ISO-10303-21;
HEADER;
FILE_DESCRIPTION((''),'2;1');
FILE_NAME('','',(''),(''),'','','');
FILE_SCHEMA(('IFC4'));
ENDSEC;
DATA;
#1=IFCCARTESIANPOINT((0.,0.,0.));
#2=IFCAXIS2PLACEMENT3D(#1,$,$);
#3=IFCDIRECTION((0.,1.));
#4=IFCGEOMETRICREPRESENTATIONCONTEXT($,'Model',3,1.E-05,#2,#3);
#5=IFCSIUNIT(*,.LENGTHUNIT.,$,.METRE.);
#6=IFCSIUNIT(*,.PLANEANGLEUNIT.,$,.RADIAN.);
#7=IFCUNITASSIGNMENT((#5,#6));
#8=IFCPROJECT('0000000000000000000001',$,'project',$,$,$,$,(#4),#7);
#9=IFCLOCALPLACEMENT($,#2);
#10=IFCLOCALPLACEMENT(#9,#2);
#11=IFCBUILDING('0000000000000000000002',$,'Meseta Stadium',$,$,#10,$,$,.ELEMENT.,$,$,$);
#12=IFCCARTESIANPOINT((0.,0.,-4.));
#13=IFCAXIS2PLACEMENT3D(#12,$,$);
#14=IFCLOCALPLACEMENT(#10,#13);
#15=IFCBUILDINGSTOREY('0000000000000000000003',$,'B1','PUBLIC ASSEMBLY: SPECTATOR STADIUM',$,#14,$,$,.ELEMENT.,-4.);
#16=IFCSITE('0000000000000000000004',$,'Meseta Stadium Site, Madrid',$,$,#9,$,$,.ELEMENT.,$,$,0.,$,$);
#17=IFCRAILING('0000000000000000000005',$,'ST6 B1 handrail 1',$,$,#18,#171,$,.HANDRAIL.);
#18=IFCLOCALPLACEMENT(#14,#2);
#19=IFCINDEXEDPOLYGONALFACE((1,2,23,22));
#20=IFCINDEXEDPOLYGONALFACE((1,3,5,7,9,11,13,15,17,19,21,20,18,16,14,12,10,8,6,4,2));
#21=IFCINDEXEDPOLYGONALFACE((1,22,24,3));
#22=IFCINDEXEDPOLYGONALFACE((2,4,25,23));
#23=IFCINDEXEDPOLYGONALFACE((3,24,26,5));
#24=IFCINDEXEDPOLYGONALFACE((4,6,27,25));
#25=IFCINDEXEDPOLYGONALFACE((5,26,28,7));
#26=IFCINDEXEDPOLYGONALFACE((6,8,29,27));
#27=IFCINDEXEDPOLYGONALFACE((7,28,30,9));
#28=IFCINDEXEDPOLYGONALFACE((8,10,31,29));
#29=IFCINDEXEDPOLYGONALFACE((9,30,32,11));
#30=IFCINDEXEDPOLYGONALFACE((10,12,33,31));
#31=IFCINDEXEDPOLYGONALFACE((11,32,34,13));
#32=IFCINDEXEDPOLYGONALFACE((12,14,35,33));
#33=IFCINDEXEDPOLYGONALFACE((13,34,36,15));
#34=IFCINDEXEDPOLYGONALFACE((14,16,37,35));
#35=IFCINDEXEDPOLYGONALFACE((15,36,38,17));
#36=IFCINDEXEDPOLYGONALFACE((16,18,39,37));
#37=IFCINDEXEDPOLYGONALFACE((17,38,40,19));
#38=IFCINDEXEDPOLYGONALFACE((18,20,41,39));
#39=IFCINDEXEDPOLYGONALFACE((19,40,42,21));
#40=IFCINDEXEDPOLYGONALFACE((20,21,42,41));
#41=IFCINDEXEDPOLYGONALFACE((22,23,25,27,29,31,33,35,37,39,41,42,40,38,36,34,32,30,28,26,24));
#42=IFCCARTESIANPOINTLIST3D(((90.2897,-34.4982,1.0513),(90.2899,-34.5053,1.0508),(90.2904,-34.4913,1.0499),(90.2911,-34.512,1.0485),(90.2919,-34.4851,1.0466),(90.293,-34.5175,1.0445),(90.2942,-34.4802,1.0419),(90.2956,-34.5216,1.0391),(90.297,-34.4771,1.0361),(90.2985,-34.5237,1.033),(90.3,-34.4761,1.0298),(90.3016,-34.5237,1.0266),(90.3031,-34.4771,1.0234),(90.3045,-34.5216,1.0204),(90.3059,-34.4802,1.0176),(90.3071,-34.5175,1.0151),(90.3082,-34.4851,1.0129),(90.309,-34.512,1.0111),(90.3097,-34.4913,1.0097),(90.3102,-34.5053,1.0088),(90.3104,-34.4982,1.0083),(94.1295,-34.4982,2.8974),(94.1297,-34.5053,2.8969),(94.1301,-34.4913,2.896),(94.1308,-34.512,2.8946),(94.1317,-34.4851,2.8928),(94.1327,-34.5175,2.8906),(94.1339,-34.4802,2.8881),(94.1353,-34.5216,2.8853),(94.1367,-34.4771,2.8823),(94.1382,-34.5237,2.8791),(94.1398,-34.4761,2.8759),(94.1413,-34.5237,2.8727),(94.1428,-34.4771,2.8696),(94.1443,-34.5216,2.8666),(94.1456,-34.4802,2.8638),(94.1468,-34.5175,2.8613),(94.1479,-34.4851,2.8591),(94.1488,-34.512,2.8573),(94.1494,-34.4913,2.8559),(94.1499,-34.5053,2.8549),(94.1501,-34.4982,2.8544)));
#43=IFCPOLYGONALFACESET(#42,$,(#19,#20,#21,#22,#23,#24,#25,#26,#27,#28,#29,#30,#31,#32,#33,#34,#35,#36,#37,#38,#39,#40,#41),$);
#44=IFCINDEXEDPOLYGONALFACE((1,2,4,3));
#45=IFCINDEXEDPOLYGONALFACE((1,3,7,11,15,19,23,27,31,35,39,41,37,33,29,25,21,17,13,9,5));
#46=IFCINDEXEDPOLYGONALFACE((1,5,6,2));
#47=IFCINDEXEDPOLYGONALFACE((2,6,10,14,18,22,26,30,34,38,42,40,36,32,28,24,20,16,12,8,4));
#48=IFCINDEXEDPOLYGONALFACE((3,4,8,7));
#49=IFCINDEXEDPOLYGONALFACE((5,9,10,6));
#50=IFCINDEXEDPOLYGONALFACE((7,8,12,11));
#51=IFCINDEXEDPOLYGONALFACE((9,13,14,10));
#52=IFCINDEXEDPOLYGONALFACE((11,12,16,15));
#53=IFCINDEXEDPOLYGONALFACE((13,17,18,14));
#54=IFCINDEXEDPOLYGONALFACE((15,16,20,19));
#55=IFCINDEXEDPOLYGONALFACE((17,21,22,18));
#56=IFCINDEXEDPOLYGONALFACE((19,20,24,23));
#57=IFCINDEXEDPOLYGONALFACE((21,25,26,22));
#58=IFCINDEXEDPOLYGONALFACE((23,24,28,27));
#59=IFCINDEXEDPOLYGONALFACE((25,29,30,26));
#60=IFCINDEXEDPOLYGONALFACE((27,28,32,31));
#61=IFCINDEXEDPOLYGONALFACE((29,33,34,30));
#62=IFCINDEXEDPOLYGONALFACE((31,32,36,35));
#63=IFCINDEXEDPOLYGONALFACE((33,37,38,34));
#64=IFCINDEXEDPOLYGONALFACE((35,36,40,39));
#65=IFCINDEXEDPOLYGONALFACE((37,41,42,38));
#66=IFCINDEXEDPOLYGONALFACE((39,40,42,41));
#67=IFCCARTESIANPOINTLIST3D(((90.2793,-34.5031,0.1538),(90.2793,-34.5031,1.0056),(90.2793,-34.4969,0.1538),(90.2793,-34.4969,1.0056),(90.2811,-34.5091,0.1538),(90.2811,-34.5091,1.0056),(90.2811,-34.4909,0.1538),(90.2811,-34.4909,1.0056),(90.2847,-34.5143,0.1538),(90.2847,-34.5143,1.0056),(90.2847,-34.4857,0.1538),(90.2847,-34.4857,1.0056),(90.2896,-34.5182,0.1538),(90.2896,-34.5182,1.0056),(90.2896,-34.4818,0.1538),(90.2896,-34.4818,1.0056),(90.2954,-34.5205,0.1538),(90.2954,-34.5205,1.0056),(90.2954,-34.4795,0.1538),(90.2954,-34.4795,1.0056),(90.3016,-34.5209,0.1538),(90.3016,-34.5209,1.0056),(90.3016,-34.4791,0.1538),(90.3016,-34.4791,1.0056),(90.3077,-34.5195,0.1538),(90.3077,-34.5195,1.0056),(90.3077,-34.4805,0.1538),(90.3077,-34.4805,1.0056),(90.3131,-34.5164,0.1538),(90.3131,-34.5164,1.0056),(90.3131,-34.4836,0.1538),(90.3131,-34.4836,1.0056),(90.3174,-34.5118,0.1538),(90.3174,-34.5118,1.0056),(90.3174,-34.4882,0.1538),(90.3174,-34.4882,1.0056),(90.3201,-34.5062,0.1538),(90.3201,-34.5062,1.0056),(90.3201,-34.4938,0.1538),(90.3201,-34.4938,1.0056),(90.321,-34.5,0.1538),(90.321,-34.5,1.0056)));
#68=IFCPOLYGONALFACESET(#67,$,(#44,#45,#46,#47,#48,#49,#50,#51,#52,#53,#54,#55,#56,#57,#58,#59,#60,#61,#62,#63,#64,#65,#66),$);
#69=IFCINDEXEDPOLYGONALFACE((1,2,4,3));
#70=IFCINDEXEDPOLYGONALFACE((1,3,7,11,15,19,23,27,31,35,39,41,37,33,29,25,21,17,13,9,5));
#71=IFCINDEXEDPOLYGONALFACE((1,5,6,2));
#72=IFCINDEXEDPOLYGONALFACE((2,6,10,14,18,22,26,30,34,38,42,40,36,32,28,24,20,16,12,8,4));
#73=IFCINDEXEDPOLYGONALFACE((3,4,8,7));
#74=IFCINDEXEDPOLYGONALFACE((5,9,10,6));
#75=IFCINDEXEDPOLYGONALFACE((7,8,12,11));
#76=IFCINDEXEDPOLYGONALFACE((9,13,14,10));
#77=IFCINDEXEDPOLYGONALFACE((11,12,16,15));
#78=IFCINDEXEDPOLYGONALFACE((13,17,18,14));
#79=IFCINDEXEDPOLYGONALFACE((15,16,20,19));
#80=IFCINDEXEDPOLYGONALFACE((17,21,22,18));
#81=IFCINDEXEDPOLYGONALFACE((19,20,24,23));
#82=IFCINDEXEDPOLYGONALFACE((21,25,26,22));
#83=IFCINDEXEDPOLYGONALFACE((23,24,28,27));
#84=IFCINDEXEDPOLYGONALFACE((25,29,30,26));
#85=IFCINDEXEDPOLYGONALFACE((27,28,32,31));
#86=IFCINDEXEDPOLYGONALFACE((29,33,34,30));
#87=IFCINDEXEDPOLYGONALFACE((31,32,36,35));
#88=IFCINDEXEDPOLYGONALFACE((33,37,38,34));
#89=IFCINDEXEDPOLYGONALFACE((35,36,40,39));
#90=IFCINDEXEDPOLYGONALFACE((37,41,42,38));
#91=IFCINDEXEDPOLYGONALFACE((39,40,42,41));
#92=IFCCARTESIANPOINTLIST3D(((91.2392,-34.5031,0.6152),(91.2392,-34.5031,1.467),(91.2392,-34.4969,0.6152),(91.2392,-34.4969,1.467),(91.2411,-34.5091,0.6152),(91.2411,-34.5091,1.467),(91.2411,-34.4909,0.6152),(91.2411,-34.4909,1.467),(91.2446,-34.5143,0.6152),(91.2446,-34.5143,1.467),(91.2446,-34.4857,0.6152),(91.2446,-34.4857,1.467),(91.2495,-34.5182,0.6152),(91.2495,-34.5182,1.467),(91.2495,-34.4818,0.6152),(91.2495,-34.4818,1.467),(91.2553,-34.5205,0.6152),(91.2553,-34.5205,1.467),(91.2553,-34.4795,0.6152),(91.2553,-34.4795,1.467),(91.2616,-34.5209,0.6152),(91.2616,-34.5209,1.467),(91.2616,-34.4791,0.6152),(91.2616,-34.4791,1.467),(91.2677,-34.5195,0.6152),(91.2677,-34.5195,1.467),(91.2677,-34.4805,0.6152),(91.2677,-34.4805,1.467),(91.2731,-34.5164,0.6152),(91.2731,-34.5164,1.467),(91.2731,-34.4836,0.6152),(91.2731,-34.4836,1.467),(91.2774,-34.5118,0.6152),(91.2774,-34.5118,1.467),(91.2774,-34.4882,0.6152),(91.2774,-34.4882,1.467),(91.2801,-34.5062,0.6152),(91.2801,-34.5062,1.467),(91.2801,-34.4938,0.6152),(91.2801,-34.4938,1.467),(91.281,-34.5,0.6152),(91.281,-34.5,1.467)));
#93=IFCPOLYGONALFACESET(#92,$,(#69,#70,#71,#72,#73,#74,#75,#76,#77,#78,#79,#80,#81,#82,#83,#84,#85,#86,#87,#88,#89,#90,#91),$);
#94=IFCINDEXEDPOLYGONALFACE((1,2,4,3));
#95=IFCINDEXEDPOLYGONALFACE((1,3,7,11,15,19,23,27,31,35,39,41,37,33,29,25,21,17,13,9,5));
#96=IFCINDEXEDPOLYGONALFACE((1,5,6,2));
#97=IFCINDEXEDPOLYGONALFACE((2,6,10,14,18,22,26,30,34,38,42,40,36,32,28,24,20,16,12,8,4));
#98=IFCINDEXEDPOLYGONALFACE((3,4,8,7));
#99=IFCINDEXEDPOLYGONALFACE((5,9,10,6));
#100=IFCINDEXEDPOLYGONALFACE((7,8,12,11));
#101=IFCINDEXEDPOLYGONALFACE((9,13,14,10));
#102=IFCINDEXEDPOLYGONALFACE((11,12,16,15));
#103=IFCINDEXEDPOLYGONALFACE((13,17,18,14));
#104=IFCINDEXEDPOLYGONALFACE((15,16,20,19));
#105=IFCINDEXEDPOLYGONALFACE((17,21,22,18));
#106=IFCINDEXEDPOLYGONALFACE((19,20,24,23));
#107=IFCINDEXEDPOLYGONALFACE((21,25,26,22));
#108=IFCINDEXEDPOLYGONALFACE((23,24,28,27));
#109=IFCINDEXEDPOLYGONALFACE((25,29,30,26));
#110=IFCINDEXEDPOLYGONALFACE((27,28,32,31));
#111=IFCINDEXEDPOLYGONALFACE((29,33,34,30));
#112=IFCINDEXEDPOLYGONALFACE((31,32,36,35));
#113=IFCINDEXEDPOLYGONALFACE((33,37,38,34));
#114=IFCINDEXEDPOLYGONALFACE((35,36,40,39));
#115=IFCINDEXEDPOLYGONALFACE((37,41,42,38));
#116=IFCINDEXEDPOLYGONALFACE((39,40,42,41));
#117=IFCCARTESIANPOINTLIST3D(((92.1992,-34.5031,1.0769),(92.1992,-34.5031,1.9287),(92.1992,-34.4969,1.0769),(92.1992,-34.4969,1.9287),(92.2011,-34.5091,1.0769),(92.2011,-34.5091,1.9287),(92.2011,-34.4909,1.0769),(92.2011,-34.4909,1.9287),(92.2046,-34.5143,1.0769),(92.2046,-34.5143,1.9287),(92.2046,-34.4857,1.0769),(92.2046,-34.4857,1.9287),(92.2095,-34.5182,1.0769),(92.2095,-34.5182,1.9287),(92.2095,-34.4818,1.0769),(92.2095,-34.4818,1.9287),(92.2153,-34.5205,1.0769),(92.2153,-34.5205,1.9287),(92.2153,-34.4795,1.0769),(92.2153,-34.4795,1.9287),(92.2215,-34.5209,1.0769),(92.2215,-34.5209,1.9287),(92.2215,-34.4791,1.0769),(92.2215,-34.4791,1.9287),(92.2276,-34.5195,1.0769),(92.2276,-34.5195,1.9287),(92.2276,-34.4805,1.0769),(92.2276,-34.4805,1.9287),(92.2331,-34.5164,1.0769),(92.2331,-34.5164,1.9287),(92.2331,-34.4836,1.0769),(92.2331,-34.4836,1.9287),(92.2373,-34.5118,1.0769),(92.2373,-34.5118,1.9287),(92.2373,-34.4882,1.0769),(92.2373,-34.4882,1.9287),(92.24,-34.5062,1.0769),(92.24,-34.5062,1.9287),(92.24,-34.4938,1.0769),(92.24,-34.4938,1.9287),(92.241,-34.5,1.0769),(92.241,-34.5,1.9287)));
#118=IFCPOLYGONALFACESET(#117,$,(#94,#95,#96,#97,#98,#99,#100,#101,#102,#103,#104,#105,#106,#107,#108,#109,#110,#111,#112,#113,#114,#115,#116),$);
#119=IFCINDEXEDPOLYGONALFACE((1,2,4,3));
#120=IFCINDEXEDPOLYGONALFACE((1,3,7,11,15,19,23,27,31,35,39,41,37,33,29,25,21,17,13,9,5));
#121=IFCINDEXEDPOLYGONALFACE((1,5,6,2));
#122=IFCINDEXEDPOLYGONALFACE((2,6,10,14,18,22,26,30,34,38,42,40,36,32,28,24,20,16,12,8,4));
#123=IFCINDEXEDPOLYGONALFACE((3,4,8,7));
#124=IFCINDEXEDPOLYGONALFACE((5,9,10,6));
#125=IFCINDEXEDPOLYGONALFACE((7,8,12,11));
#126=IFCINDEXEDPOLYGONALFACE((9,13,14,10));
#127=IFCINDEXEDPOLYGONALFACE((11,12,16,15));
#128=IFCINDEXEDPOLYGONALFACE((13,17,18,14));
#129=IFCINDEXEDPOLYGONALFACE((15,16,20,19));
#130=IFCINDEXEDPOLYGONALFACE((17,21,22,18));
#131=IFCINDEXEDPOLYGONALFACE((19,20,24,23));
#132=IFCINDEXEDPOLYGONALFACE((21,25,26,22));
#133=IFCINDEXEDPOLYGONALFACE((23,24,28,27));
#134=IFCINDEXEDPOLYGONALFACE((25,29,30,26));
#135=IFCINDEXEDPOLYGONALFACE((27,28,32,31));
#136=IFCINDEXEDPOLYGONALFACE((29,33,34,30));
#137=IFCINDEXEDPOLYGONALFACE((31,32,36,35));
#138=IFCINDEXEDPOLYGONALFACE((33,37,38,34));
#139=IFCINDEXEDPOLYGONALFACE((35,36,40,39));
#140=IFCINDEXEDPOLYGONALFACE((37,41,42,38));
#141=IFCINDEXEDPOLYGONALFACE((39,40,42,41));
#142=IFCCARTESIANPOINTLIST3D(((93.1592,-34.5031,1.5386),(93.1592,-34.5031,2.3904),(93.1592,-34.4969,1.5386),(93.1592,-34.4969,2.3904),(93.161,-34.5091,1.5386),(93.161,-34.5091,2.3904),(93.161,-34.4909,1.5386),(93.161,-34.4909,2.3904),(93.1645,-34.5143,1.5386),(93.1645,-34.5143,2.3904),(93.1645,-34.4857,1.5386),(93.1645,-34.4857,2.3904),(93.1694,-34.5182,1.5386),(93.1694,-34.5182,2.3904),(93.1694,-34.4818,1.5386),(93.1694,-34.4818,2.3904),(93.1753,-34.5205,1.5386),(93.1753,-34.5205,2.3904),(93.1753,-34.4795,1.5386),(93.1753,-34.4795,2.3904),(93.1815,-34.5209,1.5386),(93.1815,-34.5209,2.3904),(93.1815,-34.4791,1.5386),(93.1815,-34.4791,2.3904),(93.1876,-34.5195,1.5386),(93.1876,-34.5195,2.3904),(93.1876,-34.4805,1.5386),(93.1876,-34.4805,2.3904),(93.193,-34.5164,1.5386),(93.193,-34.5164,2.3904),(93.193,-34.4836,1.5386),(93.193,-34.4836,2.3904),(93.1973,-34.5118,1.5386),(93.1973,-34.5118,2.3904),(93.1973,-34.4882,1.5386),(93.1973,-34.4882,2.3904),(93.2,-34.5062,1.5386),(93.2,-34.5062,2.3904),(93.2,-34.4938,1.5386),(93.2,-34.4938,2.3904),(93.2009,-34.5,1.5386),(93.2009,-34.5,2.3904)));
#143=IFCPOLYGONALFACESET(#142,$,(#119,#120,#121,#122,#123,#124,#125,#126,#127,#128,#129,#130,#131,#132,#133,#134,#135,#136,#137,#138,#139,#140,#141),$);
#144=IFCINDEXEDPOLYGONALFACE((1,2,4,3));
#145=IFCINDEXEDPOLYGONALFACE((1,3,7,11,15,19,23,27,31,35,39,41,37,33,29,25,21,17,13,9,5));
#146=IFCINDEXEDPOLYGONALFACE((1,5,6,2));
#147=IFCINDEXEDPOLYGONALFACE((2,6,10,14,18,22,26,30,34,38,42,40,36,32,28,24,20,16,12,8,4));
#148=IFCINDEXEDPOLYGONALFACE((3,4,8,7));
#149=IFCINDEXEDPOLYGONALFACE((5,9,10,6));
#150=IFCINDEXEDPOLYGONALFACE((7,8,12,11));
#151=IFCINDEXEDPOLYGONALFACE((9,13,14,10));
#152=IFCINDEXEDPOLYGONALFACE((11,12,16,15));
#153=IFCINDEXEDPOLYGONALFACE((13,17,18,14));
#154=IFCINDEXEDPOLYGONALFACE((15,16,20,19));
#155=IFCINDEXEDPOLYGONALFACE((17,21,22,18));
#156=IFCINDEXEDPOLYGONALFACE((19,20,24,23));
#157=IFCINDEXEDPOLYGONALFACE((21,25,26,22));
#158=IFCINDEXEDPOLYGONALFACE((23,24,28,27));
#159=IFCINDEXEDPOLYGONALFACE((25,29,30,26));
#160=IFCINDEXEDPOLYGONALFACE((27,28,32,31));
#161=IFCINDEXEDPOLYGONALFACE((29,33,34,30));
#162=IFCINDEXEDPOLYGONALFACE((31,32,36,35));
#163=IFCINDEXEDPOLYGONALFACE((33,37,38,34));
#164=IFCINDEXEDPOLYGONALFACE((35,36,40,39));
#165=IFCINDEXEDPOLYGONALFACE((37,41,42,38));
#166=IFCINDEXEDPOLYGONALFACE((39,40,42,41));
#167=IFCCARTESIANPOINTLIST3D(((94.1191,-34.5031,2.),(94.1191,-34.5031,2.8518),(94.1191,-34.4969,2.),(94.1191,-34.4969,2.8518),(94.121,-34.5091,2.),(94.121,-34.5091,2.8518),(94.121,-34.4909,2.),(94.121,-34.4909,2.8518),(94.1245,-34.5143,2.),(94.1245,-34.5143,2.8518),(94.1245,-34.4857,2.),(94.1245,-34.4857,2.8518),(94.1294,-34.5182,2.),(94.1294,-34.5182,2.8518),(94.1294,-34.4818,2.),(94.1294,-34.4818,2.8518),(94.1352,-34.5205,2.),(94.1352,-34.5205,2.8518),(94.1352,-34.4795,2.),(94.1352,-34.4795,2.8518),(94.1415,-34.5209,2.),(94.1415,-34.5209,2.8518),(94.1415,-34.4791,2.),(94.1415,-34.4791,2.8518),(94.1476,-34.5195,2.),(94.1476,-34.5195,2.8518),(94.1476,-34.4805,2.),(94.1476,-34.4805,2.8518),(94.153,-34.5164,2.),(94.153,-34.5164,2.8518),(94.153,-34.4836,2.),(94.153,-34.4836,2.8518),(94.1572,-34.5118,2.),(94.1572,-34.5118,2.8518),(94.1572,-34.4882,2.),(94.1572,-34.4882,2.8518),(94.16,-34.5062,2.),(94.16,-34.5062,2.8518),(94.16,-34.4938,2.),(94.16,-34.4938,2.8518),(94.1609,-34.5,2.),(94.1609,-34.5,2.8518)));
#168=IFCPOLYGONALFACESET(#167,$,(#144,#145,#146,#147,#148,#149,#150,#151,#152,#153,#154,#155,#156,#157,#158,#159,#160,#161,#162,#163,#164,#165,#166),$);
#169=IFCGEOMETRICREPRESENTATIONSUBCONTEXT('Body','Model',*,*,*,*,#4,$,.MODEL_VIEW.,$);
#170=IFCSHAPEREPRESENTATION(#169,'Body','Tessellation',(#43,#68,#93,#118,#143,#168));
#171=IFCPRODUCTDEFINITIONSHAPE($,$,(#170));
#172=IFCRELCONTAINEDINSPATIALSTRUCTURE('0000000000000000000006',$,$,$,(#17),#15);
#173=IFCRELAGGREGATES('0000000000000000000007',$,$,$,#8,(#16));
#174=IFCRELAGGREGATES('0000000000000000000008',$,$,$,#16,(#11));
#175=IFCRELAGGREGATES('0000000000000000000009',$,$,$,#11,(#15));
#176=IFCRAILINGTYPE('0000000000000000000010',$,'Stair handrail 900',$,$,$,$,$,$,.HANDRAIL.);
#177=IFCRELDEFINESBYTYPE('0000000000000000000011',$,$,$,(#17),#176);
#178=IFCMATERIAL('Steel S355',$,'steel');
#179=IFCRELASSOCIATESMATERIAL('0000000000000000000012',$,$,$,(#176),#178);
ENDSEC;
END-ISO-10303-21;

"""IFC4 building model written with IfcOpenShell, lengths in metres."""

from ifc_helpers import new_model, si_unit, direction, frame, origin, origin_2d, place, context, subcontext, project, spatial, circle, extrude, material, type_object, element, save


model = new_model("IFC4")

# Units and contexts
model_context = context("Model", 3, precision=1e-05, world=origin(), true_north=direction((0.0, 1.0)))
body_context = subcontext(model_context, "Body", "Model", "MODEL_VIEW")
ifc_project = project(units=[si_unit("LENGTHUNIT", "METRE"), si_unit("PLANEANGLEUNIT", "RADIAN")], contexts=[model_context])

# Site, building, storey
site_placement = place(None, origin())
site = spatial("IfcSite", under=ifc_project, at=site_placement, Name="Meseta Stadium Site, Madrid", CompositionType="ELEMENT", RefElevation=0.0)
building_placement = place(site_placement, origin())
building = spatial("IfcBuilding", under=site, at=building_placement, Name="Meseta Stadium", CompositionType="ELEMENT")
storey_placement = place(building_placement, frame((0.0, 0.0, -4.0)))
storey = spatial("IfcBuildingStorey", under=building, at=storey_placement, Name="B1", Description="PUBLIC ASSEMBLY: SPECTATOR STADIUM", CompositionType="ELEMENT", Elevation=-4.0)

# Railing
ifc_material_1 = material(Name="Steel S355", Category="steel")
railing_type_1 = type_object("IfcRailingType", Name="Stair handrail 900", PredefinedType="HANDRAIL", material=ifc_material_1)
for number, where, name in (
    (1, (90.3, -34.5, 0.1538), "ST6 B1 handrail 1"),
):
    element("IfcRailing", number, at=place(storey_placement, frame(where)), inside=storey, type_object=railing_type_1, Name=name, PredefinedType="HANDRAIL", context=body_context, shape_type="SweptSolid", body=[
        extrude(circle(Radius=0.0239, at=origin_2d()), frame((0.0, 0.0, 0.876), z_axis=(0.901242, 0.0, 0.433316), x_axis=(0.0, 1.0, 0.0)), (0.0, 0.0, 1.0), 4.2605),
        extrude(circle(Radius=0.021, at=origin_2d()), origin(), (0.0, 0.0, 1.0), 0.8518),
        extrude(circle(Radius=0.021, at=origin_2d()), frame((0.96, 0.0, 0.4614)), (0.0, 0.0, 1.0), 0.8518),
        extrude(circle(Radius=0.021, at=origin_2d()), frame((1.9199, 0.0, 0.9231)), (0.0, 0.0, 1.0), 0.8518),
        extrude(circle(Radius=0.021, at=origin_2d()), frame((2.8799, 0.0, 1.3848)), (0.0, 0.0, 1.0), 0.8518),
        extrude(circle(Radius=0.021, at=origin_2d()), frame((3.8398, 0.0, 1.8462)), (0.0, 0.0, 1.0), 0.8518),
    ])

save(model, "model.ifc")
